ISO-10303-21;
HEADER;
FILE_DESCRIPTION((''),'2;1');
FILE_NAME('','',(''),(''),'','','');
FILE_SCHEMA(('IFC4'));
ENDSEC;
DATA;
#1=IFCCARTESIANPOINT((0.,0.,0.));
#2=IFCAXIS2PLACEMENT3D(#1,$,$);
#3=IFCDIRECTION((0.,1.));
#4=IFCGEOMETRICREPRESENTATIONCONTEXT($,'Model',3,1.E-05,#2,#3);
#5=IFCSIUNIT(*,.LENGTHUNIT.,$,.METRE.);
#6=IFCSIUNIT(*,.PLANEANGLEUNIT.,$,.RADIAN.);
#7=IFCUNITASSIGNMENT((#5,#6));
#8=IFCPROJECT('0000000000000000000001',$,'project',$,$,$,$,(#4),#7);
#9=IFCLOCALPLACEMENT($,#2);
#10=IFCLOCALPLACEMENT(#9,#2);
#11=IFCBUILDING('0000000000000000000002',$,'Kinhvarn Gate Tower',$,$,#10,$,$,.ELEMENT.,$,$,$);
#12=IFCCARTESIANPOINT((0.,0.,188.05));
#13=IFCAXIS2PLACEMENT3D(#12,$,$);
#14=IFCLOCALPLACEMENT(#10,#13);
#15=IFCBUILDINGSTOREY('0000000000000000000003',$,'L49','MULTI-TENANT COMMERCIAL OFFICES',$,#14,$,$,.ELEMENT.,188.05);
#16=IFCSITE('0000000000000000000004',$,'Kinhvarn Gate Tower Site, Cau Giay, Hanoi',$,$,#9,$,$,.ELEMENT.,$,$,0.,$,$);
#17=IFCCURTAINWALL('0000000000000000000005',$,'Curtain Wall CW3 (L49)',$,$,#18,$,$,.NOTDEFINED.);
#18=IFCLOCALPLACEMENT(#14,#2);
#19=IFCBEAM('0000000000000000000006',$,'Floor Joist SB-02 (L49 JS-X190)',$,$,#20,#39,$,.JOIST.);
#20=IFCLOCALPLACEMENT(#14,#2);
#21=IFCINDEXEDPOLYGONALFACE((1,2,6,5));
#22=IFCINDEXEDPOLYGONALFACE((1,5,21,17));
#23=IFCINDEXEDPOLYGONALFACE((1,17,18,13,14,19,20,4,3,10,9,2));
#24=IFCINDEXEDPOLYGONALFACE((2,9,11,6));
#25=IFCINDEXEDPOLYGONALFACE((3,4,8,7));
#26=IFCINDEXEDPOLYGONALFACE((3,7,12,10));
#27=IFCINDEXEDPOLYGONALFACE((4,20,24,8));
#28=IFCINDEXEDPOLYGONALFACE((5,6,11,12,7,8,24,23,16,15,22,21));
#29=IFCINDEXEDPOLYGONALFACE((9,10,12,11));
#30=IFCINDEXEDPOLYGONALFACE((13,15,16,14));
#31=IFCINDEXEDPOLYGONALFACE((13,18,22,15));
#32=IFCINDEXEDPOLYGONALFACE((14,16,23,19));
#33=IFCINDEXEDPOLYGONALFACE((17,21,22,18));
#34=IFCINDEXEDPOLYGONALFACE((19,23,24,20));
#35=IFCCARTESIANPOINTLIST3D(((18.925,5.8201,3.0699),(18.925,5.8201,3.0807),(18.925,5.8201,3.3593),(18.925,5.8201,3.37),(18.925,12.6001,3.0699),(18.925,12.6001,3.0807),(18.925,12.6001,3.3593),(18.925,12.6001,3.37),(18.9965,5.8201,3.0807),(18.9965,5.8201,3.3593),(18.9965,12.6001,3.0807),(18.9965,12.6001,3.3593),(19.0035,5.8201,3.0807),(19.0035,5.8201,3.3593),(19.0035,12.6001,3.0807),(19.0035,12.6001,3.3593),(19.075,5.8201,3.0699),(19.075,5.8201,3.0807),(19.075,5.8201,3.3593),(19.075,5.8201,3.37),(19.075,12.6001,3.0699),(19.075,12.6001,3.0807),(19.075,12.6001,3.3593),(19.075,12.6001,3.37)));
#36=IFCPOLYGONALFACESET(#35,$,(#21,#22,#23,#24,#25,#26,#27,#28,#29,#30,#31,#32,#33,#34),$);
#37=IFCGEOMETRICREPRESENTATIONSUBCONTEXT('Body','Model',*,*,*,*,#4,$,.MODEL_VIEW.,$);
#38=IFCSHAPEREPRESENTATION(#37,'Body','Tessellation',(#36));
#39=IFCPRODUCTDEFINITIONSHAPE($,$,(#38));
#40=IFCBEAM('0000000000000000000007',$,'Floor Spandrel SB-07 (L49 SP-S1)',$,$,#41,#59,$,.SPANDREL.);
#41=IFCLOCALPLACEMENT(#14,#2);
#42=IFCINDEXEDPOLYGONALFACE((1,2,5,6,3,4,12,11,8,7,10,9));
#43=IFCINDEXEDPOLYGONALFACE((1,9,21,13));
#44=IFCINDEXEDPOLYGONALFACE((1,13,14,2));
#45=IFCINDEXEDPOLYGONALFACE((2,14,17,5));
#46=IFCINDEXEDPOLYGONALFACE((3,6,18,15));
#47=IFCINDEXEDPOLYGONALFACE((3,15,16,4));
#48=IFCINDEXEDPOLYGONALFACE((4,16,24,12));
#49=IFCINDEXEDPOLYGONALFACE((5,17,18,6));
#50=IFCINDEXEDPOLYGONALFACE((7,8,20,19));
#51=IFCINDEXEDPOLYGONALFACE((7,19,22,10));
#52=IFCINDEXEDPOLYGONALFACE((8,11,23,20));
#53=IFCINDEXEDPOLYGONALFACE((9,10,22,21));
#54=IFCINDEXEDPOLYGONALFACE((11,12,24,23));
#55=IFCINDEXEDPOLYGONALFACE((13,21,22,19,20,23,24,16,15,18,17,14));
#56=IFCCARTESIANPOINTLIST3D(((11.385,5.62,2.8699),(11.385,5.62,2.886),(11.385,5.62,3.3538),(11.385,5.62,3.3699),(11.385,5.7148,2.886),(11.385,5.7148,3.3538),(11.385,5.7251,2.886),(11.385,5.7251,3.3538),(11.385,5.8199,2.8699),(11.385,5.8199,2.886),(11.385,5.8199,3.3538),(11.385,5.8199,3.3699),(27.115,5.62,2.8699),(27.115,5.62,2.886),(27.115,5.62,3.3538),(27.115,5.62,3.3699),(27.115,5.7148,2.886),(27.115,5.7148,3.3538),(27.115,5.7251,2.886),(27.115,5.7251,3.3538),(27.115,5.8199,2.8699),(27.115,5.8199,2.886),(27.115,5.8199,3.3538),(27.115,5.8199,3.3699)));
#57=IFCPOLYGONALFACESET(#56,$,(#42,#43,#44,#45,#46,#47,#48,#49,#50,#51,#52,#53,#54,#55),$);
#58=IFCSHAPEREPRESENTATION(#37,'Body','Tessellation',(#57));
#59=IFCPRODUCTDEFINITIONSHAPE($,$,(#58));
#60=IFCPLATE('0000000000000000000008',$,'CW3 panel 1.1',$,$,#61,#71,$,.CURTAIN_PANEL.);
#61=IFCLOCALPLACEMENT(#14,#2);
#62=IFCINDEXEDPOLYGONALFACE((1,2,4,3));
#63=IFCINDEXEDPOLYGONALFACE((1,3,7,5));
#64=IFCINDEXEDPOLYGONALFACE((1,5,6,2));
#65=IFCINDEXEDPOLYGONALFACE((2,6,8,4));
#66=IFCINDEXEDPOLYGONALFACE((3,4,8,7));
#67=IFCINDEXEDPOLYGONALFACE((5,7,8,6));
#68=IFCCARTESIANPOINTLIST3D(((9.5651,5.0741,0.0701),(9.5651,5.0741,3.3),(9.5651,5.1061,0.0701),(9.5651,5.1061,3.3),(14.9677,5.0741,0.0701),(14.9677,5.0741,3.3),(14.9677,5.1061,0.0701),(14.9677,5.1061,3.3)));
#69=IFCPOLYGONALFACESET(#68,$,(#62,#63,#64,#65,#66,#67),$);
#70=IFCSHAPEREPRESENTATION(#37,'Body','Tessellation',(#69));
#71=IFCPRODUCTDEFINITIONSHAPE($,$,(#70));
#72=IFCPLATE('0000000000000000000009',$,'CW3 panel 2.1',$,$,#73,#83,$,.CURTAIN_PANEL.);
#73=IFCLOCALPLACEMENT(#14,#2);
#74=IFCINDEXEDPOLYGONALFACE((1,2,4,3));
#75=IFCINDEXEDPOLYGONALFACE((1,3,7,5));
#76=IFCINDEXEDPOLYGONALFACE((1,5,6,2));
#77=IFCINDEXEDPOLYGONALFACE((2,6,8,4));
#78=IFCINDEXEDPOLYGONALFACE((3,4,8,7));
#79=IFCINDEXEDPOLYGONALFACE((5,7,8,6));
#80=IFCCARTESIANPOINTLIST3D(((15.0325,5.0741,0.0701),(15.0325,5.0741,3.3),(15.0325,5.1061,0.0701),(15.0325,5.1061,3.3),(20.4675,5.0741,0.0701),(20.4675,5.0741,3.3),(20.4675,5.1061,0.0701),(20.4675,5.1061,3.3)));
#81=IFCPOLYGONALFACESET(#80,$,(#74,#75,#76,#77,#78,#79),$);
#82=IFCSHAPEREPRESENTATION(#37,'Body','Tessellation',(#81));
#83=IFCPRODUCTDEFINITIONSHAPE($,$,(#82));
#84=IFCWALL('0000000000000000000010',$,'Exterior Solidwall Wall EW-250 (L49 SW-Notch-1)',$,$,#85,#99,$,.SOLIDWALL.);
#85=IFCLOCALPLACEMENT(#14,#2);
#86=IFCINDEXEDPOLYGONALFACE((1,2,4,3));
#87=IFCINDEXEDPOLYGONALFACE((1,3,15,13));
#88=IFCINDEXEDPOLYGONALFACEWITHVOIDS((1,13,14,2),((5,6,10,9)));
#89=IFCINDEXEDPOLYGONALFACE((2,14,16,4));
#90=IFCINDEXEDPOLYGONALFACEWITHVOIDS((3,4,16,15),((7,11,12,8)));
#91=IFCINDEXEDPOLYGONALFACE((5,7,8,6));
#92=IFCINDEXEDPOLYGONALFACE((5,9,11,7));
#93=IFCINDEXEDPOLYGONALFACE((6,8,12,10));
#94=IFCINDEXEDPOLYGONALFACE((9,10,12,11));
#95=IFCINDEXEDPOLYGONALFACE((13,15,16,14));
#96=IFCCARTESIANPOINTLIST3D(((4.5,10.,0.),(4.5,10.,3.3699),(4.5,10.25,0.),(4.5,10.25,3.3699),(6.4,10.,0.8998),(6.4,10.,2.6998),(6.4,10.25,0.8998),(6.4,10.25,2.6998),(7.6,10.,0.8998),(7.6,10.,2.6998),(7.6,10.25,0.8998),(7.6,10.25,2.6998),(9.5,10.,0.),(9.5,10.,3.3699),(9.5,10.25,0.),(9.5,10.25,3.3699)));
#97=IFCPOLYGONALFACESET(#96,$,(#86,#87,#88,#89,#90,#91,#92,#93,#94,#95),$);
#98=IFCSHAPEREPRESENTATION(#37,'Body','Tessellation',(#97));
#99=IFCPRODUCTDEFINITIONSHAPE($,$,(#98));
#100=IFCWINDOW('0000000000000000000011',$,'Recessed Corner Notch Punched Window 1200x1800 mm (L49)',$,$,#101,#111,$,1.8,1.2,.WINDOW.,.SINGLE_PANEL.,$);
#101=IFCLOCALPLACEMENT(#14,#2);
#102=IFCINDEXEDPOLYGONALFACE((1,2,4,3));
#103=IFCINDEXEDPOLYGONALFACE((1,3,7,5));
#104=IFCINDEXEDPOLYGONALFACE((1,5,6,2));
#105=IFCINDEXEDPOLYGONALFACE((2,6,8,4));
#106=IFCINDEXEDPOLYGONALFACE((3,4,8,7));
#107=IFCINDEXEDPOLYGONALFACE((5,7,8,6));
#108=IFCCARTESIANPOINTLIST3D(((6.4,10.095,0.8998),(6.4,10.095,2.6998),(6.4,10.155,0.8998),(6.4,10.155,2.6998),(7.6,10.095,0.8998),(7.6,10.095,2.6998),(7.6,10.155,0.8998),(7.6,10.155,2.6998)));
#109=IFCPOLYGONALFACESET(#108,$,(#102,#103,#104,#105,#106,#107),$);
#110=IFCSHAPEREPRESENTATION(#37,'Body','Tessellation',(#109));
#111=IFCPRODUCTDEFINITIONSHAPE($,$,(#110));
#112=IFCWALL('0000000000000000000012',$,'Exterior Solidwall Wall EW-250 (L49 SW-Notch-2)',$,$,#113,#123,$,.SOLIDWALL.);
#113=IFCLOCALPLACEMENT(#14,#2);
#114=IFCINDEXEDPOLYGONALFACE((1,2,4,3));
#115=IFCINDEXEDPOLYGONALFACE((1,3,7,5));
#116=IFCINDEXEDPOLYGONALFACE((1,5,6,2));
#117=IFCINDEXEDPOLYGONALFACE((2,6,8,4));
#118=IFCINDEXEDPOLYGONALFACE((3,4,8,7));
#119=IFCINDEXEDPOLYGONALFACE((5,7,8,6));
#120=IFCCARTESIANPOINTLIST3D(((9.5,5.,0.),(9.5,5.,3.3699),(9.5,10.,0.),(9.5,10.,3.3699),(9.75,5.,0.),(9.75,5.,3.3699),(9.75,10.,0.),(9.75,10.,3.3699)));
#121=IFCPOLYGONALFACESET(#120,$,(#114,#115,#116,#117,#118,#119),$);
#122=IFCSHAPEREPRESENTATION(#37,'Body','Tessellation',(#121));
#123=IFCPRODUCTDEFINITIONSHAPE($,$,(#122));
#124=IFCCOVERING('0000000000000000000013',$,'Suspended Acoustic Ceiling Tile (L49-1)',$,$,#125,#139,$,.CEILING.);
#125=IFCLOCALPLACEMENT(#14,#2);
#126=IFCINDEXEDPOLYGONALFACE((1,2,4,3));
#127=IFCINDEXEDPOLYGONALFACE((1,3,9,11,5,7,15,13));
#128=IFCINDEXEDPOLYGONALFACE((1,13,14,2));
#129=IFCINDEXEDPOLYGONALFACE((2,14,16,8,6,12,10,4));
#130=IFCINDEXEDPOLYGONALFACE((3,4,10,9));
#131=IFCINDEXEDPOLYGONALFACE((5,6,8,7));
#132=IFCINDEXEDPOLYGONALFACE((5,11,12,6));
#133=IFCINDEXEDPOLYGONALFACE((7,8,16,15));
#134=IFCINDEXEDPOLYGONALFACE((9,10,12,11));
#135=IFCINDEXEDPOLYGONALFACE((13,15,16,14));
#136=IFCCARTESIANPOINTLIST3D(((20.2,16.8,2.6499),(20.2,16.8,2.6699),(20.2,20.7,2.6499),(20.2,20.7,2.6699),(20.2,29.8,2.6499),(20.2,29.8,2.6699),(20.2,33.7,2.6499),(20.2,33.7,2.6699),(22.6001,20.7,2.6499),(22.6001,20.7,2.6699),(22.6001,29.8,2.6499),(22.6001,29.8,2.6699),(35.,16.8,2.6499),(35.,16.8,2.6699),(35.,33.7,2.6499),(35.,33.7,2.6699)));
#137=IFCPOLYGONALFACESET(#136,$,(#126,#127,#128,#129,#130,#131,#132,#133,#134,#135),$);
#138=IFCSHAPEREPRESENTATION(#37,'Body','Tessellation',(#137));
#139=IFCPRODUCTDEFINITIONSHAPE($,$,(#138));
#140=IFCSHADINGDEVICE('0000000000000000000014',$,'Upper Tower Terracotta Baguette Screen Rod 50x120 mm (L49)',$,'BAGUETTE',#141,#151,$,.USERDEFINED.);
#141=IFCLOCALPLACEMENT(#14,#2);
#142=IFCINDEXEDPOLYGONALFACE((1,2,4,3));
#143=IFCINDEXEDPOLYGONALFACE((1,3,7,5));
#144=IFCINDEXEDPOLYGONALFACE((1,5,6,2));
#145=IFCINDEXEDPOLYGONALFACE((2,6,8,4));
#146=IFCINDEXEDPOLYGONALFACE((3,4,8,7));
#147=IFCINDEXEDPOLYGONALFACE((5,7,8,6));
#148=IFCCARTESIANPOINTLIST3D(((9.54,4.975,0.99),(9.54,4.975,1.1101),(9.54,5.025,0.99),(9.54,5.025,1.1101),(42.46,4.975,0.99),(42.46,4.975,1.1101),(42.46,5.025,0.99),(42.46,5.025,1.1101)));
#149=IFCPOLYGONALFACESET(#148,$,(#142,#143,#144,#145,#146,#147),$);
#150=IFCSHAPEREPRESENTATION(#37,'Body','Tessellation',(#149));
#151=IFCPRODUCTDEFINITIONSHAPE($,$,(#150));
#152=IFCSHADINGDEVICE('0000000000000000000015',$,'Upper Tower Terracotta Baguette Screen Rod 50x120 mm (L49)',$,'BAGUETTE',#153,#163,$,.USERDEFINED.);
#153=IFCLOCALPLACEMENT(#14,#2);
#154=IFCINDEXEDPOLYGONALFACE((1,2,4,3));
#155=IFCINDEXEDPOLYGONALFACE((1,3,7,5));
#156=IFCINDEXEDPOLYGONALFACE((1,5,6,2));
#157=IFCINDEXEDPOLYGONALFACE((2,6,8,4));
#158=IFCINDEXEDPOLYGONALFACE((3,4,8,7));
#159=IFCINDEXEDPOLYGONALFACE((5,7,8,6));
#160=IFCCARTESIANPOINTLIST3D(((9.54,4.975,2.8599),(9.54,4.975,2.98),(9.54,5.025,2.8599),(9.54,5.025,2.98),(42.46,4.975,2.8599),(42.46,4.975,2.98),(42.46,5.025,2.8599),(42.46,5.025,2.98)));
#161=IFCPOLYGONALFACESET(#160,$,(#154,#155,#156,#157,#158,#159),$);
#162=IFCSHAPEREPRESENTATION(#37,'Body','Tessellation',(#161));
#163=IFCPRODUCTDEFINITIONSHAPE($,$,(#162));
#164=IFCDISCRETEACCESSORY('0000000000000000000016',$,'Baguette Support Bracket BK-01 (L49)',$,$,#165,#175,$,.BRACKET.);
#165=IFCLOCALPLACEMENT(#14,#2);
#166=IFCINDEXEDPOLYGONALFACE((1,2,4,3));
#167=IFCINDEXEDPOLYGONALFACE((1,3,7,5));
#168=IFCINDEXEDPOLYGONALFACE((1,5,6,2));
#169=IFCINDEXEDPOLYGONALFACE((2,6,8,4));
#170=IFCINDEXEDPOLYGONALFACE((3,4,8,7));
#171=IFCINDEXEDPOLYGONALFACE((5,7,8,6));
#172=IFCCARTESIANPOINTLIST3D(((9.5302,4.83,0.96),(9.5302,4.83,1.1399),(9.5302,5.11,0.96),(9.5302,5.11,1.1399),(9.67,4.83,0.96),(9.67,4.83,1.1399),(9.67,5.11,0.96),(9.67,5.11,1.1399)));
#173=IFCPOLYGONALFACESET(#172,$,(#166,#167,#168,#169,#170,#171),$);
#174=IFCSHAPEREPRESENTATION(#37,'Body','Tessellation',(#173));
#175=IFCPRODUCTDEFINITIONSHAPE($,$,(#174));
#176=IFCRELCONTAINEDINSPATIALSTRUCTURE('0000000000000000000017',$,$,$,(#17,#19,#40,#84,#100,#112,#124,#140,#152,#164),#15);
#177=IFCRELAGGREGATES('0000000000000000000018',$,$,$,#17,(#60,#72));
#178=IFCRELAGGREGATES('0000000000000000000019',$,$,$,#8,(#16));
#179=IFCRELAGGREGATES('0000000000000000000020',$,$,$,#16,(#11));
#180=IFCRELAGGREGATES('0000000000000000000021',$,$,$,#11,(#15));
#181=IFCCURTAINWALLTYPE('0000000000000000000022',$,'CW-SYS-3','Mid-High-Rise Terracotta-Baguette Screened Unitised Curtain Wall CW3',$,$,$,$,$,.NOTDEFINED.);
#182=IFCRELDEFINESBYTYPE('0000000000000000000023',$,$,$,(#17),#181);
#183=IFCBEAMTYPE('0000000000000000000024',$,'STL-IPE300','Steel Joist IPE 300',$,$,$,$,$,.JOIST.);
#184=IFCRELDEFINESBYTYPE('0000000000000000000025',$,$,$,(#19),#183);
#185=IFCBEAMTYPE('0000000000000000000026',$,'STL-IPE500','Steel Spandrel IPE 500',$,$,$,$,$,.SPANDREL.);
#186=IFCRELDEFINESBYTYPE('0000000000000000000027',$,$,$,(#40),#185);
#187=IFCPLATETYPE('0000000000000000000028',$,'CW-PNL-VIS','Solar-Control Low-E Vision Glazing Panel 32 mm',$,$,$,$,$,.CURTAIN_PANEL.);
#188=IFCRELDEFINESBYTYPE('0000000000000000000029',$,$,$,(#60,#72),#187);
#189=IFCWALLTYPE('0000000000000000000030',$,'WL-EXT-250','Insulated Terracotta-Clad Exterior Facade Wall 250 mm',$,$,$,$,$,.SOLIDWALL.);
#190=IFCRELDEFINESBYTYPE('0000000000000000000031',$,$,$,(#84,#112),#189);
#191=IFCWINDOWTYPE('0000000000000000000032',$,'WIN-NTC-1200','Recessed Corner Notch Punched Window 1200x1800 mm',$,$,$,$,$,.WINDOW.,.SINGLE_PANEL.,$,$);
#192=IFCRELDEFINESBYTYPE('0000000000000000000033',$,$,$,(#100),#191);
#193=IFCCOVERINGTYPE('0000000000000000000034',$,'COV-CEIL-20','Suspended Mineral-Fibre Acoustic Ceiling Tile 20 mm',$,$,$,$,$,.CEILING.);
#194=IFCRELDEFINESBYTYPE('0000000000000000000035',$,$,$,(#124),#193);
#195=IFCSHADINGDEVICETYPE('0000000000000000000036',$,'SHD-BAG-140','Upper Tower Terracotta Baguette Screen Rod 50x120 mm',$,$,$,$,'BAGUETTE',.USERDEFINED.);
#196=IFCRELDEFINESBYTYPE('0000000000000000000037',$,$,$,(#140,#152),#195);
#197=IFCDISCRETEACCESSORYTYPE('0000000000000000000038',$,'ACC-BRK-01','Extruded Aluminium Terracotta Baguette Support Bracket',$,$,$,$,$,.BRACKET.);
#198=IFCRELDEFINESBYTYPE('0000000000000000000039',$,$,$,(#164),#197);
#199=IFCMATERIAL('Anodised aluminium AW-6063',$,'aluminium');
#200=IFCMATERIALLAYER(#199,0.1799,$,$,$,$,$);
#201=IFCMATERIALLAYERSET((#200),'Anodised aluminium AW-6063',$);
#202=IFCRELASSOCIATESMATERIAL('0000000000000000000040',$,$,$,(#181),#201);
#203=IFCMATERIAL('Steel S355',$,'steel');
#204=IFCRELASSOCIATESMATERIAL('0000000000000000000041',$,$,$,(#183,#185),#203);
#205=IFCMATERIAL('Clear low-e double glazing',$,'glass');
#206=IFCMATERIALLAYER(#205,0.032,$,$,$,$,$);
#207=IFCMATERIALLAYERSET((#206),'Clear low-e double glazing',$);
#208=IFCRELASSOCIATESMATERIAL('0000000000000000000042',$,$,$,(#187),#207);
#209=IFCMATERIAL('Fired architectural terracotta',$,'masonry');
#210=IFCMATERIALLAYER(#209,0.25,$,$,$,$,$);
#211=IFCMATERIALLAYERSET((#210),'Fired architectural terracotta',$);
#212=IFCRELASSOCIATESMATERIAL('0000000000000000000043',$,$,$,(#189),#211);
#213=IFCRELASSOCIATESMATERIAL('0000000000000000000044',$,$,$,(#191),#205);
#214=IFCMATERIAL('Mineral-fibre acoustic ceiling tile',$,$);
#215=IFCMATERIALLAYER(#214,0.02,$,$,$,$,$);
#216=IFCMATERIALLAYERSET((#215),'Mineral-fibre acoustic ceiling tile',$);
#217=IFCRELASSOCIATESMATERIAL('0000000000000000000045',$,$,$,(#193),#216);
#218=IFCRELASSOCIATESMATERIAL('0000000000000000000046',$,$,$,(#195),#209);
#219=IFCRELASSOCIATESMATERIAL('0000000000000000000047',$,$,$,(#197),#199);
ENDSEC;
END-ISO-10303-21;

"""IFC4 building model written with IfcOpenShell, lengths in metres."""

from ifc_helpers import new_model, si_unit, direction, frame, frame_2d, origin, origin_2d, place, context, subcontext, project, spatial, polyline, rectangle, i_section, outline, extrude, material, layer, layer_set, material_profile, profile_set, type_object, element, fill, aggregate, save


model = new_model("IFC4")

# Units and contexts
model_context = context("Model", 3, precision=1e-05, world=origin(), true_north=direction((0.0, 1.0)))
body_context = subcontext(model_context, "Body", "Model", "MODEL_VIEW")
ifc_project = project(units=[si_unit("LENGTHUNIT", "METRE"), si_unit("PLANEANGLEUNIT", "RADIAN")], contexts=[model_context])

# Site, building, storey
site_placement = place(None, origin())
site = spatial("IfcSite", under=ifc_project, at=site_placement, Name="Kinhvarn Gate Tower Site, Cau Giay, Hanoi", CompositionType="ELEMENT", RefElevation=0.0)
building_placement = place(site_placement, origin())
building = spatial("IfcBuilding", under=site, at=building_placement, Name="Kinhvarn Gate Tower", CompositionType="ELEMENT")
storey_placement = place(building_placement, frame((0.0, 0.0, 188.05)))
storey = spatial("IfcBuildingStorey", under=building, at=storey_placement, Name="L49", Description="MULTI-TENANT COMMERCIAL OFFICES", CompositionType="ELEMENT", Elevation=188.05)

# Curtain wall
ifc_material_1 = material(Name="Anodised aluminium AW-6063", Category="aluminium")
ifc_layer_1 = layer(ifc_material_1, 0.1799)
ifc_layer_set_1 = layer_set([ifc_layer_1], Name="Anodised aluminium AW-6063")
curtain_wall_type = type_object("IfcCurtainWallType", Name="CW-SYS-3", Description="Mid-High-Rise Terracotta-Baguette Screened Unitised Curtain Wall CW3", PredefinedType="NOTDEFINED", material=ifc_layer_set_1)
curtain_wall_placement = place(storey_placement, origin())
curtain_wall = element("IfcCurtainWall", 1, at=curtain_wall_placement, inside=storey, type_object=curtain_wall_type, Name="Curtain Wall CW3 (L49)", PredefinedType="NOTDEFINED")

# Beams
ifc_material_2 = material(Name="Steel S355", Category="steel")
ifc_material_profile_1 = material_profile(ifc_material_2, i_section(OverallWidth=0.1499, OverallDepth=0.3, WebThickness=0.0071, FlangeThickness=0.0107, at=origin_2d()), Name="IPE 300")
ifc_profile_set_1 = profile_set([ifc_material_profile_1], Name="Steel S355")
beam_type_1 = type_object("IfcBeamType", Name="STL-IPE300", Description="Steel Joist IPE 300", PredefinedType="JOIST", material=ifc_profile_set_1)
for number, where, z_axis, x_axis, name in (
    (2, (19.0, 5.8201, 3.22), (0.0, 1.0, 0.0), (-1.0, 0.0, 0.0), "Floor Joist SB-02 (L49 JS-X190)"),
):
    element("IfcBeam", number, at=place(storey_placement, frame(where, z_axis=z_axis, x_axis=x_axis)), inside=storey, type_object=beam_type_1, Name=name, PredefinedType="JOIST", context=body_context, shape_type="SweptSolid", body=[
        extrude(i_section(OverallWidth=0.1499, OverallDepth=0.3, WebThickness=0.0071, FlangeThickness=0.0107, at=origin_2d()), origin(), (0.0, 0.0, 1.0), 6.78),
    ])
ifc_material_profile_2 = material_profile(ifc_material_2, i_section(OverallWidth=0.2, OverallDepth=0.5, WebThickness=0.0103, FlangeThickness=0.0161, at=origin_2d()), Name="IPE 500")
ifc_profile_set_2 = profile_set([ifc_material_profile_2], Name="Steel S355")
beam_type_2 = type_object("IfcBeamType", Name="STL-IPE500", Description="Steel Spandrel IPE 500", PredefinedType="SPANDREL", material=ifc_profile_set_2)
beam_1_placement = place(storey_placement, frame((11.385, 5.72, 3.1199), z_axis=(1.0, 0.0, 0.0), x_axis=(0.0, 1.0, 0.0)))
element("IfcBeam", 3, at=beam_1_placement, inside=storey, type_object=beam_type_2, Name="Floor Spandrel SB-07 (L49 SP-S1)", PredefinedType="SPANDREL", context=body_context, shape_type="SweptSolid", body=[
    extrude(i_section(OverallWidth=0.2, OverallDepth=0.5, WebThickness=0.0103, FlangeThickness=0.0161, at=origin_2d()), origin(), (0.0, 0.0, 1.0), 15.73),
])

# Plates
ifc_material_3 = material(Name="Clear low-e double glazing", Category="glass")
ifc_layer_2 = layer(ifc_material_3, 0.032)
ifc_layer_set_2 = layer_set([ifc_layer_2], Name="Clear low-e double glazing")
plate_type = type_object("IfcPlateType", Name="CW-PNL-VIS", Description="Solar-Control Low-E Vision Glazing Panel 32 mm", PredefinedType="CURTAIN_PANEL", material=ifc_layer_set_2)
plate_1_placement = place(storey_placement, frame((12.2664, 5.0901, 0.0701), z_axis=(0.0, 0.0, 1.0), x_axis=(1.0, 0.0, 0.0)))
plate_1 = element("IfcPlate", 4, at=plate_1_placement, type_object=plate_type, Name="CW3 panel 1.1", PredefinedType="CURTAIN_PANEL", context=body_context, shape_type="SweptSolid", body=[
    extrude(rectangle(XDim=5.4026, YDim=0.032, at=origin_2d()), origin(), (0.0, 0.0, 1.0), 3.23),
])
plate_2_placement = place(storey_placement, frame((17.75, 5.0901, 0.0701), z_axis=(0.0, 0.0, 1.0), x_axis=(1.0, 0.0, 0.0)))
plate_2 = element("IfcPlate", 5, at=plate_2_placement, type_object=plate_type, Name="CW3 panel 2.1", PredefinedType="CURTAIN_PANEL", context=body_context, shape_type="SweptSolid", body=[
    extrude(rectangle(XDim=5.4351, YDim=0.032, at=origin_2d()), origin(), (0.0, 0.0, 1.0), 3.23),
])
aggregate(curtain_wall, [plate_1, plate_2])

# Wall, opening, window
ifc_material_4 = material(Name="Fired architectural terracotta", Category="masonry")
ifc_layer_3 = layer(ifc_material_4, 0.25)
ifc_layer_set_3 = layer_set([ifc_layer_3], Name="Fired architectural terracotta")
wall_type = type_object("IfcWallType", Name="WL-EXT-250", Description="Insulated Terracotta-Clad Exterior Facade Wall 250 mm", PredefinedType="SOLIDWALL", material=ifc_layer_set_3)
wall_1_placement = place(storey_placement, frame((4.5, 10.125, 0.0), z_axis=(0.0, 0.0, 1.0), x_axis=(1.0, 0.0, 0.0)))
wall_1 = element("IfcWall", 6, at=wall_1_placement, inside=storey, type_object=wall_type, Name="Exterior Solidwall Wall EW-250 (L49 SW-Notch-1)", PredefinedType="SOLIDWALL", context=body_context, shape_type="SweptSolid", body=[
    extrude(rectangle(XDim=5.0, YDim=0.25, at=frame_2d((2.5, 0.0))), origin(), (0.0, 0.0, 1.0), 3.3699),
])
opening_placement = place(wall_1_placement, frame((1.8999, 0.0, 0.8999)))
opening = element("IfcOpeningElement", 7, at=opening_placement, cuts=wall_1, PredefinedType="OPENING", context=body_context, shape_type="SweptSolid", body=[
    extrude(rectangle(XDim=1.2, YDim=1.8, at=frame_2d((0.6001, 0.8999))), frame((0.0, 0.135, 0.0), z_axis=(0.0, -1.0, 0.0), x_axis=(1.0, 0.0, 0.0)), (0.0, 0.0, 1.0), 0.27),
])
window_type = type_object("IfcWindowType", Name="WIN-NTC-1200", Description="Recessed Corner Notch Punched Window 1200x1800 mm", PartitioningType="SINGLE_PANEL", PredefinedType="WINDOW", material=ifc_material_3)
window_placement = place(opening_placement, origin())
window = element("IfcWindow", 8, at=window_placement, inside=storey, type_object=window_type, Name="Recessed Corner Notch Punched Window 1200x1800 mm (L49)", OverallHeight=1.8, OverallWidth=1.2, PartitioningType="SINGLE_PANEL", PredefinedType="WINDOW", context=body_context, shape_type="SweptSolid", body=[
    extrude(rectangle(XDim=1.2, YDim=1.8, at=frame_2d((0.6001, 0.8999))), frame((0.0, 0.03, 0.0), z_axis=(0.0, -1.0, 0.0), x_axis=(1.0, 0.0, 0.0)), (0.0, 0.0, 1.0), 0.0601),
])
fill(opening, window)

# Wall
wall_2_placement = place(storey_placement, frame((9.625, 10.0, 0.0), z_axis=(0.0, 0.0, 1.0), x_axis=(0.0, -1.0, 0.0)))
element("IfcWall", 9, at=wall_2_placement, inside=storey, type_object=wall_type, Name="Exterior Solidwall Wall EW-250 (L49 SW-Notch-2)", PredefinedType="SOLIDWALL", context=body_context, shape_type="SweptSolid", body=[
    extrude(rectangle(XDim=5.0, YDim=0.25, at=frame_2d((2.5, 0.0))), origin(), (0.0, 0.0, 1.0), 3.3699),
])

# Covering
ifc_material_5 = material(Name="Mineral-fibre acoustic ceiling tile")
ifc_layer_4 = layer(ifc_material_5, 0.02)
ifc_layer_set_4 = layer_set([ifc_layer_4], Name="Mineral-fibre acoustic ceiling tile")
covering_type = type_object("IfcCoveringType", Name="COV-CEIL-20", Description="Suspended Mineral-Fibre Acoustic Ceiling Tile 20 mm", PredefinedType="CEILING", material=ifc_layer_set_4)
covering_placement = place(storey_placement, frame((0.0, 0.0, 2.6499)))
element("IfcCovering", 10, at=covering_placement, inside=storey, type_object=covering_type, Name="Suspended Acoustic Ceiling Tile (L49-1)", PredefinedType="CEILING", context=body_context, shape_type="SweptSolid", body=[
    extrude(outline(polyline([(35.0, 33.7), (35.0, 16.8), (20.2, 16.8), (20.2, 20.7), (22.6001, 20.7), (22.6001, 29.8), (20.2, 29.8), (20.2, 33.7), (35.0, 33.7)])), origin(), (0.0, 0.0, 1.0), 0.02),
])

# Shading devices
ifc_material_profile_3 = material_profile(ifc_material_4, rectangle(XDim=0.05, YDim=0.1201, at=origin_2d()), Name="TC 50x120")
ifc_profile_set_3 = profile_set([ifc_material_profile_3], Name="Fired architectural terracotta")
shading_device_type = type_object("IfcShadingDeviceType", Name="SHD-BAG-140", Description="Upper Tower Terracotta Baguette Screen Rod 50x120 mm", ElementType="BAGUETTE", PredefinedType="USERDEFINED", material=ifc_profile_set_3)
for number, where, z_axis, x_axis, name in (
    (11, (9.54, 5.0, 1.05), (1.0, 0.0, 0.0), (0.0, 1.0, 0.0), "Upper Tower Terracotta Baguette Screen Rod 50x120 mm (L49)"),
    (12, (9.54, 5.0, 2.9199), (1.0, 0.0, 0.0), (0.0, 1.0, 0.0), "Upper Tower Terracotta Baguette Screen Rod 50x120 mm (L49)"),
):
    element("IfcShadingDevice", number, at=place(storey_placement, frame(where, z_axis=z_axis, x_axis=x_axis)), inside=storey, type_object=shading_device_type, Name=name, ObjectType="BAGUETTE", PredefinedType="USERDEFINED", context=body_context, shape_type="SweptSolid", body=[
        extrude(rectangle(XDim=0.05, YDim=0.1201, at=origin_2d()), origin(), (0.0, 0.0, 1.0), 32.9199),
    ])

# Discrete accessory
discrete_accessory_type = type_object("IfcDiscreteAccessoryType", Name="ACC-BRK-01", Description="Extruded Aluminium Terracotta Baguette Support Bracket", PredefinedType="BRACKET", material=ifc_material_1)
for number, where, z_axis, x_axis, name in (
    (13, (9.6001, 4.97, 0.96), (0.0, 0.0, 1.0), (1.0, 0.0, 0.0), "Baguette Support Bracket BK-01 (L49)"),
):
    element("IfcDiscreteAccessory", number, at=place(storey_placement, frame(where, z_axis=z_axis, x_axis=x_axis)), inside=storey, type_object=discrete_accessory_type, Name=name, PredefinedType="BRACKET", context=body_context, shape_type="SweptSolid", body=[
        extrude(rectangle(XDim=0.1399, YDim=0.28, at=origin_2d()), origin(), (0.0, 0.0, 1.0), 0.1799),
    ])

save(model, "model.ifc")
